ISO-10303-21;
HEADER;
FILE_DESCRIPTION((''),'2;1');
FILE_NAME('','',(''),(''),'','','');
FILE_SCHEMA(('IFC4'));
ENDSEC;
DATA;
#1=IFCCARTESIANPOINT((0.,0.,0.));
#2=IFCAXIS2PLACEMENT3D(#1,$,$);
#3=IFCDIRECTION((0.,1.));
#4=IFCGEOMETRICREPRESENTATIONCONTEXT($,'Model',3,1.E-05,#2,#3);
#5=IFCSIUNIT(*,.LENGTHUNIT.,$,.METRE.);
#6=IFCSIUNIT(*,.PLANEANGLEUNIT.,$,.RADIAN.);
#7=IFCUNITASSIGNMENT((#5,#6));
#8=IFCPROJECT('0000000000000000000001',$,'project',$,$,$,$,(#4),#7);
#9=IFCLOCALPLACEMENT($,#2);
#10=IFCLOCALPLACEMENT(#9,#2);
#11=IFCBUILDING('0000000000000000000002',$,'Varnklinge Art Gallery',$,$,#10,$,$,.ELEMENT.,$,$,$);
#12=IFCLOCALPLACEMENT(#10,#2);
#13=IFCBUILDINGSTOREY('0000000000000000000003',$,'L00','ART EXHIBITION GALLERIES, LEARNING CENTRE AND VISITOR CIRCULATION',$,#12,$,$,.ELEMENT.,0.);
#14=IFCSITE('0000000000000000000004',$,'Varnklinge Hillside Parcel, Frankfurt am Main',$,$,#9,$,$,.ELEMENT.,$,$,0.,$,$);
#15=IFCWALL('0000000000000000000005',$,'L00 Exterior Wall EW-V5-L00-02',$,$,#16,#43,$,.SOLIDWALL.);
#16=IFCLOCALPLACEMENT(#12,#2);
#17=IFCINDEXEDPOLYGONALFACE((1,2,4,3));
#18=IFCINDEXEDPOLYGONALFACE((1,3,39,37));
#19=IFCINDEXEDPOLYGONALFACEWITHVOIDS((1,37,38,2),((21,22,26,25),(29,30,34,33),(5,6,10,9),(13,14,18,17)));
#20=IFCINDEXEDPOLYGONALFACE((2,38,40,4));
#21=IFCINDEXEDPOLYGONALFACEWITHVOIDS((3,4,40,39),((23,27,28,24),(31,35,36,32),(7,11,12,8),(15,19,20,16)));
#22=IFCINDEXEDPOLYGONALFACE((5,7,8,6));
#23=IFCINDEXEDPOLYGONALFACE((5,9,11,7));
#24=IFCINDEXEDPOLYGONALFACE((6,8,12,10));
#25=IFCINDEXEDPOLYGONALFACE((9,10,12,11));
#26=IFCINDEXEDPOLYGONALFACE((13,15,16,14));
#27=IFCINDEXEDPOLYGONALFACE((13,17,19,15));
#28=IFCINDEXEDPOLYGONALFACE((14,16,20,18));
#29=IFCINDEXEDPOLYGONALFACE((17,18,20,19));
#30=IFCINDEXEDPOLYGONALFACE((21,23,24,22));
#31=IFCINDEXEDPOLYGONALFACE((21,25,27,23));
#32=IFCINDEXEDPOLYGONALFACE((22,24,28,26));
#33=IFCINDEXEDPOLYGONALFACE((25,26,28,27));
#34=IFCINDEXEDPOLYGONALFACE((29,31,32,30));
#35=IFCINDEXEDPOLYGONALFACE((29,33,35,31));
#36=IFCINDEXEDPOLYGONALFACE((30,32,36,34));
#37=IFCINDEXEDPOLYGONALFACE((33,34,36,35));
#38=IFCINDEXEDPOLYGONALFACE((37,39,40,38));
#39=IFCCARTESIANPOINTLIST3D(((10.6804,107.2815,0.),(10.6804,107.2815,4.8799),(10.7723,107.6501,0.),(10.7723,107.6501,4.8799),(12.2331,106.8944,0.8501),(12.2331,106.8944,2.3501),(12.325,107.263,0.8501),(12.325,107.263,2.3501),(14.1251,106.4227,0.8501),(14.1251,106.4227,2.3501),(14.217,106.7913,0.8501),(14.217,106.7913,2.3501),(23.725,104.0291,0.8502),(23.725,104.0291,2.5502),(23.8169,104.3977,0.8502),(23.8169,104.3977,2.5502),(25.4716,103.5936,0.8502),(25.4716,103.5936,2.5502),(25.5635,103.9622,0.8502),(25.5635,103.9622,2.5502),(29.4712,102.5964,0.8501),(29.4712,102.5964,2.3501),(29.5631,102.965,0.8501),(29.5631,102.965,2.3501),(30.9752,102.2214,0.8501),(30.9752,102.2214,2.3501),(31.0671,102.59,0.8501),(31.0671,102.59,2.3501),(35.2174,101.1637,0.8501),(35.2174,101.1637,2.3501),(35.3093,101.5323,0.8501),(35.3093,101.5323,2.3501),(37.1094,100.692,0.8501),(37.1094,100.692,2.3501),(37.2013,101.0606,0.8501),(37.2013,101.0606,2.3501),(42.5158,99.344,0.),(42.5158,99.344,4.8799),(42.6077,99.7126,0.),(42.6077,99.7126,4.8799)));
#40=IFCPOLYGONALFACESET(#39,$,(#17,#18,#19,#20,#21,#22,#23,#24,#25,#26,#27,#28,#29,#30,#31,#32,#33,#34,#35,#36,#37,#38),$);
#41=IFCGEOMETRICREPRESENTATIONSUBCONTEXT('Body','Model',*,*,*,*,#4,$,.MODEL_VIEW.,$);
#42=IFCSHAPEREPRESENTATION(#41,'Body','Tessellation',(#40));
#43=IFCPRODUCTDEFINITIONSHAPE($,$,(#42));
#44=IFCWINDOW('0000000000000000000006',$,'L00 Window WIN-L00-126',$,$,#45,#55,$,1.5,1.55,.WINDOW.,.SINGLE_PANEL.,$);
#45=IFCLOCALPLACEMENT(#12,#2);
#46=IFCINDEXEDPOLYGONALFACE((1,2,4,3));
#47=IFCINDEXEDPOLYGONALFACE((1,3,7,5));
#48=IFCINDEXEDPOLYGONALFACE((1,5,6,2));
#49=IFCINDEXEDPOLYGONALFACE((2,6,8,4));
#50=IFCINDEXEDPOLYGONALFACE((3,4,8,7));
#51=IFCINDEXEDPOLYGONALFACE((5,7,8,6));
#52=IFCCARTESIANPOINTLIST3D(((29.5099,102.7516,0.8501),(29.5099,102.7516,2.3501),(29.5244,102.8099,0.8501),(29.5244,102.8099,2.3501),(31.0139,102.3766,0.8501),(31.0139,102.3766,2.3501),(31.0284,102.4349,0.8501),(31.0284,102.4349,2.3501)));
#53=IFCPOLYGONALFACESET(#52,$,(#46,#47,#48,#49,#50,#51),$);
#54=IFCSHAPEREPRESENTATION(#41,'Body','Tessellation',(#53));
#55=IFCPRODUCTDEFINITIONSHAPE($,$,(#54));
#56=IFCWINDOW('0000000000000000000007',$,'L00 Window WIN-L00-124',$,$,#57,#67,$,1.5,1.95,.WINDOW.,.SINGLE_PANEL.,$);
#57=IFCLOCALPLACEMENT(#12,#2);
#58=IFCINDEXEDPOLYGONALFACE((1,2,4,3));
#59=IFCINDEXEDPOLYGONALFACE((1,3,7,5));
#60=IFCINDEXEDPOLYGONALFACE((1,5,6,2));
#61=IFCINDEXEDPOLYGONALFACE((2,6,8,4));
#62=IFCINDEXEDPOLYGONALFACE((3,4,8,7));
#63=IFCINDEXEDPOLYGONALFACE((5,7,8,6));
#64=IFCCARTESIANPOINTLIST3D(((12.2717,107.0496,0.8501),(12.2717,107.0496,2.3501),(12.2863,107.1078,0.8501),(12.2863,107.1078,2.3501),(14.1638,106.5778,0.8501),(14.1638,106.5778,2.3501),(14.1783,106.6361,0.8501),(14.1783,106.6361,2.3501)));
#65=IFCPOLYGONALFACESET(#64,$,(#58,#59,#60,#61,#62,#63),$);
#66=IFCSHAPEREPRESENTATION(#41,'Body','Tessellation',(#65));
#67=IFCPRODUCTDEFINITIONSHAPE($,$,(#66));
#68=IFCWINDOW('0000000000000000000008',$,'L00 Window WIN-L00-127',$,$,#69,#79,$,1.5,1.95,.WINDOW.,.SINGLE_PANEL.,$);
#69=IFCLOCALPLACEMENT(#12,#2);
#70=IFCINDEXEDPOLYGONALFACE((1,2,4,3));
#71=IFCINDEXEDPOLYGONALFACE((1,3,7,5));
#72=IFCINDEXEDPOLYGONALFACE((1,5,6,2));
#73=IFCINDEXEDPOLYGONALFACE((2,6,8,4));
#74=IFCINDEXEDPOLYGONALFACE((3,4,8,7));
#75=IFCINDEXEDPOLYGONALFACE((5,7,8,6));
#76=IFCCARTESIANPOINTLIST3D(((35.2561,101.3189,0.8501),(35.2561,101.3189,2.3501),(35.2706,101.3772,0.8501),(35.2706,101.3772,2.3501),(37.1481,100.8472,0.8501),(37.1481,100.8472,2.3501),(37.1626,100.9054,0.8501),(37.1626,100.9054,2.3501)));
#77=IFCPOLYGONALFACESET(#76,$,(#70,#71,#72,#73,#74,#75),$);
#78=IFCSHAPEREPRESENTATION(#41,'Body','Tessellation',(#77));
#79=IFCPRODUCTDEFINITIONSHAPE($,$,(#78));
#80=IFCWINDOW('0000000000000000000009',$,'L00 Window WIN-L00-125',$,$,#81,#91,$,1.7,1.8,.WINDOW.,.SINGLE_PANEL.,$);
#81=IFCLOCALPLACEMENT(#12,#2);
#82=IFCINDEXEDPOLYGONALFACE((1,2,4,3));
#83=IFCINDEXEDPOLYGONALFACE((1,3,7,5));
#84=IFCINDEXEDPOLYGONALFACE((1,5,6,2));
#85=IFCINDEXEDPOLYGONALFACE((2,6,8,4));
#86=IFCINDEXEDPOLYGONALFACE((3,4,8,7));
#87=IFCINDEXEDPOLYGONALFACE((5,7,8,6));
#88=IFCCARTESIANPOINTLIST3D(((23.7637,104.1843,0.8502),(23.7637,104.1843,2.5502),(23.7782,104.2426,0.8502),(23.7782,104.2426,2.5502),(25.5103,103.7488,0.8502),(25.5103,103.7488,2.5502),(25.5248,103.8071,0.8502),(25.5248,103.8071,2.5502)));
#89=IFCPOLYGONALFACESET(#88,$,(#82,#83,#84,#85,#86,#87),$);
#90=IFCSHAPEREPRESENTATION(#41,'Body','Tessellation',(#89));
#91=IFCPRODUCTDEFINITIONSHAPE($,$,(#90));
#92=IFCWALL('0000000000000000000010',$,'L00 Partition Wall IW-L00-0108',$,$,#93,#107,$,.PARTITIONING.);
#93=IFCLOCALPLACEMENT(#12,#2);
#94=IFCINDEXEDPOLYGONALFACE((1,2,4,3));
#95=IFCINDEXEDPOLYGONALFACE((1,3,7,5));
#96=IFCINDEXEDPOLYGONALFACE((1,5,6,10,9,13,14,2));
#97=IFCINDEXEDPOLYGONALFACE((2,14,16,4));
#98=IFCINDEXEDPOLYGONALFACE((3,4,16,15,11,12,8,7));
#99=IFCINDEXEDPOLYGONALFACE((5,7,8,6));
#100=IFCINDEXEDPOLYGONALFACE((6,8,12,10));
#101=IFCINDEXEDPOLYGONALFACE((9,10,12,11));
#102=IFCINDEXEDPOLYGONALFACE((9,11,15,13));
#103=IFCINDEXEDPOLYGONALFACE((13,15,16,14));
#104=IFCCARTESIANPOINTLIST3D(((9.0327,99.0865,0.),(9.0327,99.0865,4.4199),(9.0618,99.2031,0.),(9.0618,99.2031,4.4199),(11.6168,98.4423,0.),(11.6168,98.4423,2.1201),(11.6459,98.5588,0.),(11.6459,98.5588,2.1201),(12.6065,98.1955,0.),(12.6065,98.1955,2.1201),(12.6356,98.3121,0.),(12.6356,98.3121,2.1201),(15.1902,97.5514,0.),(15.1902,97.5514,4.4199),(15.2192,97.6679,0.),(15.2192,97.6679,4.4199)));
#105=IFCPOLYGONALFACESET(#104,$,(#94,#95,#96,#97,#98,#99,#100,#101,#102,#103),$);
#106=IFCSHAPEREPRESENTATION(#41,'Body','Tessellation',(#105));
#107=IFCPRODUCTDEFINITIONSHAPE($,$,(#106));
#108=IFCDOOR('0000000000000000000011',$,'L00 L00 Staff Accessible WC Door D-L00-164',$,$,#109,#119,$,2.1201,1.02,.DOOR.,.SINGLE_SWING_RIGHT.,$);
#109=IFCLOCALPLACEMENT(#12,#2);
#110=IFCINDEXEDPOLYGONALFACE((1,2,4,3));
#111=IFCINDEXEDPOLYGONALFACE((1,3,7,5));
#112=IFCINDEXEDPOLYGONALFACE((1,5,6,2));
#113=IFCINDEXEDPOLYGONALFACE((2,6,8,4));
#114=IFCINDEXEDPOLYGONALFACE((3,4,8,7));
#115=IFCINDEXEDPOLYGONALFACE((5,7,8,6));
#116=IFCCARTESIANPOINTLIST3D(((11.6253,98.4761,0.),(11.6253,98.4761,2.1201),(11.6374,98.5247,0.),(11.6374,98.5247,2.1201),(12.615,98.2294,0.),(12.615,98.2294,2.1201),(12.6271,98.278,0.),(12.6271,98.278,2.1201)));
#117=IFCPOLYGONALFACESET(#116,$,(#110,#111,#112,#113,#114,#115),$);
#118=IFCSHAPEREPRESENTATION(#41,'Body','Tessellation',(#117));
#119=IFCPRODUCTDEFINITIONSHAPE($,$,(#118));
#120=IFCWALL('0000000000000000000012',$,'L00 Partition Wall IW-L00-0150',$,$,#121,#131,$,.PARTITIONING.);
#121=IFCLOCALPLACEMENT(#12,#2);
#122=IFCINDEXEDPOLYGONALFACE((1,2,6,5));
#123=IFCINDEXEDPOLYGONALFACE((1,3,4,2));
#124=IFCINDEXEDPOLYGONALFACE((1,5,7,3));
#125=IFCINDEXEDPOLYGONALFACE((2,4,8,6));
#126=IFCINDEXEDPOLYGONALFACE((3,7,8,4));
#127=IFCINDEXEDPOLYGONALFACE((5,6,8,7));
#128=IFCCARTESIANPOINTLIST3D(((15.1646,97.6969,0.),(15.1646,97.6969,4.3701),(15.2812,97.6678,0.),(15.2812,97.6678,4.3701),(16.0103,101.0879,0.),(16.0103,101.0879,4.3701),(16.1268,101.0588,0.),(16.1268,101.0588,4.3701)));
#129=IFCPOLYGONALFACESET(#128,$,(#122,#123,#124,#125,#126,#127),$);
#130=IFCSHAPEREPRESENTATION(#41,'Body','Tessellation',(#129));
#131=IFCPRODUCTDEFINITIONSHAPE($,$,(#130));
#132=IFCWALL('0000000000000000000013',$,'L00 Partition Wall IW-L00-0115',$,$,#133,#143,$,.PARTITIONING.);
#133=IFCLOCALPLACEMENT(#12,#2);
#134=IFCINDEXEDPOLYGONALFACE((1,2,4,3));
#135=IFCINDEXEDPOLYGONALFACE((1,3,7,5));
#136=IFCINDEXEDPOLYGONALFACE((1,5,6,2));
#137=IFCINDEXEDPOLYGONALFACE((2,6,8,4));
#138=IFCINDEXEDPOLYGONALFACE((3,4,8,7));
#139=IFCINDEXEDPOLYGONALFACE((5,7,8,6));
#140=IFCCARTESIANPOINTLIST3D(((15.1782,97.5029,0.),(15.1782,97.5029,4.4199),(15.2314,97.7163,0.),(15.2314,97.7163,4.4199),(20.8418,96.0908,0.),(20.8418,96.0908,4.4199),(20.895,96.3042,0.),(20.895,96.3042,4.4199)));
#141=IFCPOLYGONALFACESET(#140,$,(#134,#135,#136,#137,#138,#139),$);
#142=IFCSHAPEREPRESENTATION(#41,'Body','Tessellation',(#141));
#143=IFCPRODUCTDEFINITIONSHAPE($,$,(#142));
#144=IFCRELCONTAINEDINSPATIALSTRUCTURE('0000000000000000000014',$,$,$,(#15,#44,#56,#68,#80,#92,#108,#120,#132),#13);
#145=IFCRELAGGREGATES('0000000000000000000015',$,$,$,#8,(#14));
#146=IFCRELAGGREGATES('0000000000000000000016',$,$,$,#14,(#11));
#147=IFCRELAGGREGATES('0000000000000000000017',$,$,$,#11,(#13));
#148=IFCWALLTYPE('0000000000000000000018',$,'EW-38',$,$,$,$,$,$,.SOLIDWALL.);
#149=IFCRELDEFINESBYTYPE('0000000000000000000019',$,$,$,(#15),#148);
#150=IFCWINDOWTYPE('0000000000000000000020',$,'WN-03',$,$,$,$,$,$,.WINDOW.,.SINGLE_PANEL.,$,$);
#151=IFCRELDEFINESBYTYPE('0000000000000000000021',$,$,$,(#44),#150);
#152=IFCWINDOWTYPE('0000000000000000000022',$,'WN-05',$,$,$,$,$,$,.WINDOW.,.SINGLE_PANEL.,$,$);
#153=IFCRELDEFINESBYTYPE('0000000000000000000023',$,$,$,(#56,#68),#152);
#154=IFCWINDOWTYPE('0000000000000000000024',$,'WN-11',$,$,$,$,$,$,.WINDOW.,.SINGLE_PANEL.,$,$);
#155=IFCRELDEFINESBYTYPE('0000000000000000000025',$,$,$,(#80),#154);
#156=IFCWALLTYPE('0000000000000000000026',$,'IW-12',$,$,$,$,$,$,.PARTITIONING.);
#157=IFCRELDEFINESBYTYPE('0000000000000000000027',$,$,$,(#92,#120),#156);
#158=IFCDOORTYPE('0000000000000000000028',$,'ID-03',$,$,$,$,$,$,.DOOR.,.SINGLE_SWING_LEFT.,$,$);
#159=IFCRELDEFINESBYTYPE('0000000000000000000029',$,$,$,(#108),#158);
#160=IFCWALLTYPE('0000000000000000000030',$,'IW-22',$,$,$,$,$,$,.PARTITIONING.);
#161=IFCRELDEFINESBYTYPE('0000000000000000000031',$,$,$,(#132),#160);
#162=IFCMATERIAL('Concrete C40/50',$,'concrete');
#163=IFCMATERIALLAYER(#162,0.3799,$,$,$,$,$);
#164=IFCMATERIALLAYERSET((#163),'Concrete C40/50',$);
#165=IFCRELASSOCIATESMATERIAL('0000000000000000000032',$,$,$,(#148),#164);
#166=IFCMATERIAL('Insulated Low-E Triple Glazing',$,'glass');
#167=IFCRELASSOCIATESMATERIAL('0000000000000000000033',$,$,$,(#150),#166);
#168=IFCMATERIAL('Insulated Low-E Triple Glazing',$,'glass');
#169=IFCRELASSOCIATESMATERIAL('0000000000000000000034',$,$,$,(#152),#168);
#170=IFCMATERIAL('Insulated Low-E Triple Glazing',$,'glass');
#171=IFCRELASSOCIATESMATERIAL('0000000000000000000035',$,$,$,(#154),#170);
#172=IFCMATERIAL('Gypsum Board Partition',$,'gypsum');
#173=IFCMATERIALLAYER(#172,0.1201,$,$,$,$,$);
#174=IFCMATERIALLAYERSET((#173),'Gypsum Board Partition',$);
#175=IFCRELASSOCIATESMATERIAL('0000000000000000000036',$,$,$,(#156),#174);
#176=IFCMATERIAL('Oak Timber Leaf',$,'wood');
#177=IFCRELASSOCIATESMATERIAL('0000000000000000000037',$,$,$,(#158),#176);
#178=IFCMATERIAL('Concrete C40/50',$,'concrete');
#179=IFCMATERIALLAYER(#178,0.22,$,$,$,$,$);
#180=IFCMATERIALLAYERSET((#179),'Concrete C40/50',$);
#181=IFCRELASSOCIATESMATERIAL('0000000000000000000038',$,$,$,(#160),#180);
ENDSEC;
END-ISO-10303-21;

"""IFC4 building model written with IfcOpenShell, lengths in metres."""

from ifc_helpers import new_model, si_unit, direction, frame, frame_2d, origin, place, context, subcontext, project, spatial, rectangle, extrude, material, layer, layer_set, type_object, element, fill, save


model = new_model("IFC4")

# Units and contexts
model_context = context("Model", 3, precision=1e-05, world=origin(), true_north=direction((0.0, 1.0)))
body_context = subcontext(model_context, "Body", "Model", "MODEL_VIEW")
ifc_project = project(units=[si_unit("LENGTHUNIT", "METRE"), si_unit("PLANEANGLEUNIT", "RADIAN")], contexts=[model_context])

# Site, building, storey
site_placement = place(None, origin())
site = spatial("IfcSite", under=ifc_project, at=site_placement, Name="Varnklinge Hillside Parcel, Frankfurt am Main", CompositionType="ELEMENT", RefElevation=0.0)
building_placement = place(site_placement, origin())
building = spatial("IfcBuilding", under=site, at=building_placement, Name="Varnklinge Art Gallery", CompositionType="ELEMENT")
storey_placement = place(building_placement, origin())
storey = spatial("IfcBuildingStorey", under=building, at=storey_placement, Name="L00", Description="ART EXHIBITION GALLERIES, LEARNING CENTRE AND VISITOR CIRCULATION", CompositionType="ELEMENT", Elevation=0.0)

# Wall, openings, windows
ifc_material_1 = material(Name="Concrete C40/50", Category="concrete")
ifc_layer_1 = layer(ifc_material_1, 0.3799)
ifc_layer_set_1 = layer_set([ifc_layer_1], Name="Concrete C40/50")
wall_type_1 = type_object("IfcWallType", Name="EW-38", PredefinedType="SOLIDWALL", material=ifc_layer_set_1)
wall_1_placement = place(storey_placement, frame((10.7263, 107.4658, 0.0), z_axis=(0.0, 0.0, 1.0), x_axis=(0.970296, -0.241923, 0.0)))
wall_1 = element("IfcWall", 1, at=wall_1_placement, inside=storey, type_object=wall_type_1, Name="L00 Exterior Wall EW-V5-L00-02", PredefinedType="SOLIDWALL", context=body_context, shape_type="SweptSolid", body=[
    extrude(rectangle(XDim=32.8101, YDim=0.3799, at=frame_2d((16.405, 0.0))), origin(), (0.0, 0.0, 1.0), 4.8799),
])
opening_1_placement = place(wall_1_placement, frame((1.6001, 0.0, 0.8501)))
opening_1 = element("IfcOpeningElement", 2, at=opening_1_placement, cuts=wall_1, PredefinedType="OPENING", context=body_context, shape_type="SweptSolid", body=[
    extrude(rectangle(XDim=1.95, YDim=1.5, at=frame_2d((0.9751, 0.75))), frame((0.0, 0.2, 0.0), z_axis=(0.0, -1.0, 0.0), x_axis=(1.0, 0.0, 0.0)), (0.0, 0.0, 1.0), 0.3999),
])
opening_2_placement = place(wall_1_placement, frame((13.4441, 0.0, 0.8501)))
opening_2 = element("IfcOpeningElement", 3, at=opening_2_placement, cuts=wall_1, PredefinedType="OPENING", context=body_context, shape_type="SweptSolid", body=[
    extrude(rectangle(XDim=1.8, YDim=1.7, at=frame_2d((0.8999, 0.8501))), frame((0.0, 0.2, 0.0), z_axis=(0.0, -1.0, 0.0), x_axis=(1.0, 0.0, 0.0)), (0.0, 0.0, 1.0), 0.3999),
])
opening_3_placement = place(wall_1_placement, frame((19.3662, 0.0, 0.8501)))
opening_3 = element("IfcOpeningElement", 4, at=opening_3_placement, cuts=wall_1, PredefinedType="OPENING", context=body_context, shape_type="SweptSolid", body=[
    extrude(rectangle(XDim=1.55, YDim=1.5, at=frame_2d((0.7749, 0.75))), frame((0.0, 0.2, 0.0), z_axis=(0.0, -1.0, 0.0), x_axis=(1.0, 0.0, 0.0)), (0.0, 0.0, 1.0), 0.3999),
])
opening_4_placement = place(wall_1_placement, frame((25.2881, 0.0, 0.8501)))
opening_4 = element("IfcOpeningElement", 5, at=opening_4_placement, cuts=wall_1, PredefinedType="OPENING", context=body_context, shape_type="SweptSolid", body=[
    extrude(rectangle(XDim=1.95, YDim=1.5, at=frame_2d((0.9751, 0.75))), frame((0.0, 0.2, 0.0), z_axis=(0.0, -1.0, 0.0), x_axis=(1.0, 0.0, 0.0)), (0.0, 0.0, 1.0), 0.3999),
])
ifc_material_2 = material(Name="Insulated Low-E Triple Glazing", Category="glass")
window_type_1 = type_object("IfcWindowType", Name="WN-03", PartitioningType="SINGLE_PANEL", PredefinedType="WINDOW", material=ifc_material_2)
window_1_placement = place(opening_3_placement, origin())
window_1 = element("IfcWindow", 6, at=window_1_placement, inside=storey, type_object=window_type_1, Name="L00 Window WIN-L00-126", OverallHeight=1.5, OverallWidth=1.55, PartitioningType="SINGLE_PANEL", PredefinedType="WINDOW", context=body_context, shape_type="SweptSolid", body=[
    extrude(rectangle(XDim=1.55, YDim=1.5, at=frame_2d((0.7749, 0.75))), frame((0.0, 0.03, 0.0), z_axis=(0.0, -1.0, 0.0), x_axis=(1.0, 0.0, 0.0)), (0.0, 0.0, 1.0), 0.0601),
])
fill(opening_3, window_1)
ifc_material_3 = material(Name="Insulated Low-E Triple Glazing", Category="glass")
window_type_2 = type_object("IfcWindowType", Name="WN-05", PartitioningType="SINGLE_PANEL", PredefinedType="WINDOW", material=ifc_material_3)
window_2_placement = place(opening_1_placement, origin())
window_2 = element("IfcWindow", 7, at=window_2_placement, inside=storey, type_object=window_type_2, Name="L00 Window WIN-L00-124", OverallHeight=1.5, OverallWidth=1.95, PartitioningType="SINGLE_PANEL", PredefinedType="WINDOW", context=body_context, shape_type="SweptSolid", body=[
    extrude(rectangle(XDim=1.95, YDim=1.5, at=frame_2d((0.9751, 0.75))), frame((0.0, 0.03, 0.0), z_axis=(0.0, -1.0, 0.0), x_axis=(1.0, 0.0, 0.0)), (0.0, 0.0, 1.0), 0.0601),
])
fill(opening_1, window_2)
window_3_placement = place(opening_4_placement, origin())
window_3 = element("IfcWindow", 8, at=window_3_placement, inside=storey, type_object=window_type_2, Name="L00 Window WIN-L00-127", OverallHeight=1.5, OverallWidth=1.95, PartitioningType="SINGLE_PANEL", PredefinedType="WINDOW", context=body_context, shape_type="SweptSolid", body=[
    extrude(rectangle(XDim=1.95, YDim=1.5, at=frame_2d((0.9751, 0.75))), frame((0.0, 0.03, 0.0), z_axis=(0.0, -1.0, 0.0), x_axis=(1.0, 0.0, 0.0)), (0.0, 0.0, 1.0), 0.0601),
])
fill(opening_4, window_3)
ifc_material_4 = material(Name="Insulated Low-E Triple Glazing", Category="glass")
window_type_3 = type_object("IfcWindowType", Name="WN-11", PartitioningType="SINGLE_PANEL", PredefinedType="WINDOW", material=ifc_material_4)
window_4_placement = place(opening_2_placement, origin())
window_4 = element("IfcWindow", 9, at=window_4_placement, inside=storey, type_object=window_type_3, Name="L00 Window WIN-L00-125", OverallHeight=1.7, OverallWidth=1.8, PartitioningType="SINGLE_PANEL", PredefinedType="WINDOW", context=body_context, shape_type="SweptSolid", body=[
    extrude(rectangle(XDim=1.8, YDim=1.7, at=frame_2d((0.8999, 0.8501))), frame((0.0, 0.03, 0.0), z_axis=(0.0, -1.0, 0.0), x_axis=(1.0, 0.0, 0.0)), (0.0, 0.0, 1.0), 0.0601),
])
fill(opening_2, window_4)

# Wall, opening, door
ifc_material_5 = material(Name="Gypsum Board Partition", Category="gypsum")
ifc_layer_2 = layer(ifc_material_5, 0.1201)
ifc_layer_set_2 = layer_set([ifc_layer_2], Name="Gypsum Board Partition")
wall_type_2 = type_object("IfcWallType", Name="IW-12", PredefinedType="PARTITIONING", material=ifc_layer_set_2)
wall_2_placement = place(storey_placement, frame((9.0474, 99.1448, 0.0), z_axis=(0.0, 0.0, 1.0), x_axis=(0.970298, -0.241911, 0.0)))
wall_2 = element("IfcWall", 10, at=wall_2_placement, inside=storey, type_object=wall_type_2, Name="L00 Partition Wall IW-L00-0108", PredefinedType="PARTITIONING", context=body_context, shape_type="SweptSolid", body=[
    extrude(rectangle(XDim=6.3459, YDim=0.1201, at=frame_2d((3.1729, 0.0))), origin(), (0.0, 0.0, 1.0), 4.4199),
])
opening_5_placement = place(wall_2_placement, frame((2.6631, 0.0, 0.0)))
opening_5 = element("IfcOpeningElement", 11, at=opening_5_placement, cuts=wall_2, PredefinedType="OPENING", context=body_context, shape_type="SweptSolid", body=[
    extrude(rectangle(XDim=1.02, YDim=2.1201, at=frame_2d((0.51, 1.0601))), frame((0.0, 0.0701, 0.0), z_axis=(0.0, -1.0, 0.0), x_axis=(1.0, 0.0, 0.0)), (0.0, 0.0, 1.0), 0.1401),
])
ifc_material_6 = material(Name="Oak Timber Leaf", Category="wood")
door_type = type_object("IfcDoorType", Name="ID-03", OperationType="SINGLE_SWING_LEFT", PredefinedType="DOOR", material=ifc_material_6)
door_placement = place(opening_5_placement, origin())
door = element("IfcDoor", 12, at=door_placement, inside=storey, type_object=door_type, Name="L00 L00 Staff Accessible WC Door D-L00-164", OperationType="SINGLE_SWING_RIGHT", OverallHeight=2.1201, OverallWidth=1.02, PredefinedType="DOOR", context=body_context, shape_type="SweptSolid", body=[
    extrude(rectangle(XDim=1.02, YDim=2.1201, at=frame_2d((0.51, 1.0601))), frame((0.0, 0.0249, 0.0), z_axis=(0.0, -1.0, 0.0), x_axis=(1.0, 0.0, 0.0)), (0.0, 0.0, 1.0), 0.05),
])
fill(opening_5, door)

# Walls
wall_3_placement = place(storey_placement, frame((16.0686, 101.0735, 0.0), z_axis=(0.0, 0.0, 1.0), x_axis=(-0.241977, -0.970282, 0.0)))
element("IfcWall", 13, at=wall_3_placement, inside=storey, type_object=wall_type_2, Name="L00 Partition Wall IW-L00-0150", PredefinedType="PARTITIONING", context=body_context, shape_type="SweptSolid", body=[
    extrude(rectangle(XDim=3.4949, YDim=0.1201, at=frame_2d((1.7476, 0.0))), origin(), (0.0, 0.0, 1.0), 4.3701),
])
ifc_material_7 = material(Name="Concrete C40/50", Category="concrete")
ifc_layer_3 = layer(ifc_material_7, 0.22)
ifc_layer_set_3 = layer_set([ifc_layer_3], Name="Concrete C40/50")
wall_type_3 = type_object("IfcWallType", Name="IW-22", PredefinedType="PARTITIONING", material=ifc_layer_set_3)
wall_4_placement = place(storey_placement, frame((15.2048, 97.6096, 0.0), z_axis=(0.0, 0.0, 1.0), x_axis=(0.970295, -0.241925, 0.0)))
element("IfcWall", 14, at=wall_4_placement, inside=storey, type_object=wall_type_3, Name="L00 Partition Wall IW-L00-0115", PredefinedType="PARTITIONING", context=body_context, shape_type="SweptSolid", body=[
    extrude(rectangle(XDim=5.8369, YDim=0.22, at=frame_2d((2.9185, 0.0))), origin(), (0.0, 0.0, 1.0), 4.4199),
])

save(model, "model.ifc")
